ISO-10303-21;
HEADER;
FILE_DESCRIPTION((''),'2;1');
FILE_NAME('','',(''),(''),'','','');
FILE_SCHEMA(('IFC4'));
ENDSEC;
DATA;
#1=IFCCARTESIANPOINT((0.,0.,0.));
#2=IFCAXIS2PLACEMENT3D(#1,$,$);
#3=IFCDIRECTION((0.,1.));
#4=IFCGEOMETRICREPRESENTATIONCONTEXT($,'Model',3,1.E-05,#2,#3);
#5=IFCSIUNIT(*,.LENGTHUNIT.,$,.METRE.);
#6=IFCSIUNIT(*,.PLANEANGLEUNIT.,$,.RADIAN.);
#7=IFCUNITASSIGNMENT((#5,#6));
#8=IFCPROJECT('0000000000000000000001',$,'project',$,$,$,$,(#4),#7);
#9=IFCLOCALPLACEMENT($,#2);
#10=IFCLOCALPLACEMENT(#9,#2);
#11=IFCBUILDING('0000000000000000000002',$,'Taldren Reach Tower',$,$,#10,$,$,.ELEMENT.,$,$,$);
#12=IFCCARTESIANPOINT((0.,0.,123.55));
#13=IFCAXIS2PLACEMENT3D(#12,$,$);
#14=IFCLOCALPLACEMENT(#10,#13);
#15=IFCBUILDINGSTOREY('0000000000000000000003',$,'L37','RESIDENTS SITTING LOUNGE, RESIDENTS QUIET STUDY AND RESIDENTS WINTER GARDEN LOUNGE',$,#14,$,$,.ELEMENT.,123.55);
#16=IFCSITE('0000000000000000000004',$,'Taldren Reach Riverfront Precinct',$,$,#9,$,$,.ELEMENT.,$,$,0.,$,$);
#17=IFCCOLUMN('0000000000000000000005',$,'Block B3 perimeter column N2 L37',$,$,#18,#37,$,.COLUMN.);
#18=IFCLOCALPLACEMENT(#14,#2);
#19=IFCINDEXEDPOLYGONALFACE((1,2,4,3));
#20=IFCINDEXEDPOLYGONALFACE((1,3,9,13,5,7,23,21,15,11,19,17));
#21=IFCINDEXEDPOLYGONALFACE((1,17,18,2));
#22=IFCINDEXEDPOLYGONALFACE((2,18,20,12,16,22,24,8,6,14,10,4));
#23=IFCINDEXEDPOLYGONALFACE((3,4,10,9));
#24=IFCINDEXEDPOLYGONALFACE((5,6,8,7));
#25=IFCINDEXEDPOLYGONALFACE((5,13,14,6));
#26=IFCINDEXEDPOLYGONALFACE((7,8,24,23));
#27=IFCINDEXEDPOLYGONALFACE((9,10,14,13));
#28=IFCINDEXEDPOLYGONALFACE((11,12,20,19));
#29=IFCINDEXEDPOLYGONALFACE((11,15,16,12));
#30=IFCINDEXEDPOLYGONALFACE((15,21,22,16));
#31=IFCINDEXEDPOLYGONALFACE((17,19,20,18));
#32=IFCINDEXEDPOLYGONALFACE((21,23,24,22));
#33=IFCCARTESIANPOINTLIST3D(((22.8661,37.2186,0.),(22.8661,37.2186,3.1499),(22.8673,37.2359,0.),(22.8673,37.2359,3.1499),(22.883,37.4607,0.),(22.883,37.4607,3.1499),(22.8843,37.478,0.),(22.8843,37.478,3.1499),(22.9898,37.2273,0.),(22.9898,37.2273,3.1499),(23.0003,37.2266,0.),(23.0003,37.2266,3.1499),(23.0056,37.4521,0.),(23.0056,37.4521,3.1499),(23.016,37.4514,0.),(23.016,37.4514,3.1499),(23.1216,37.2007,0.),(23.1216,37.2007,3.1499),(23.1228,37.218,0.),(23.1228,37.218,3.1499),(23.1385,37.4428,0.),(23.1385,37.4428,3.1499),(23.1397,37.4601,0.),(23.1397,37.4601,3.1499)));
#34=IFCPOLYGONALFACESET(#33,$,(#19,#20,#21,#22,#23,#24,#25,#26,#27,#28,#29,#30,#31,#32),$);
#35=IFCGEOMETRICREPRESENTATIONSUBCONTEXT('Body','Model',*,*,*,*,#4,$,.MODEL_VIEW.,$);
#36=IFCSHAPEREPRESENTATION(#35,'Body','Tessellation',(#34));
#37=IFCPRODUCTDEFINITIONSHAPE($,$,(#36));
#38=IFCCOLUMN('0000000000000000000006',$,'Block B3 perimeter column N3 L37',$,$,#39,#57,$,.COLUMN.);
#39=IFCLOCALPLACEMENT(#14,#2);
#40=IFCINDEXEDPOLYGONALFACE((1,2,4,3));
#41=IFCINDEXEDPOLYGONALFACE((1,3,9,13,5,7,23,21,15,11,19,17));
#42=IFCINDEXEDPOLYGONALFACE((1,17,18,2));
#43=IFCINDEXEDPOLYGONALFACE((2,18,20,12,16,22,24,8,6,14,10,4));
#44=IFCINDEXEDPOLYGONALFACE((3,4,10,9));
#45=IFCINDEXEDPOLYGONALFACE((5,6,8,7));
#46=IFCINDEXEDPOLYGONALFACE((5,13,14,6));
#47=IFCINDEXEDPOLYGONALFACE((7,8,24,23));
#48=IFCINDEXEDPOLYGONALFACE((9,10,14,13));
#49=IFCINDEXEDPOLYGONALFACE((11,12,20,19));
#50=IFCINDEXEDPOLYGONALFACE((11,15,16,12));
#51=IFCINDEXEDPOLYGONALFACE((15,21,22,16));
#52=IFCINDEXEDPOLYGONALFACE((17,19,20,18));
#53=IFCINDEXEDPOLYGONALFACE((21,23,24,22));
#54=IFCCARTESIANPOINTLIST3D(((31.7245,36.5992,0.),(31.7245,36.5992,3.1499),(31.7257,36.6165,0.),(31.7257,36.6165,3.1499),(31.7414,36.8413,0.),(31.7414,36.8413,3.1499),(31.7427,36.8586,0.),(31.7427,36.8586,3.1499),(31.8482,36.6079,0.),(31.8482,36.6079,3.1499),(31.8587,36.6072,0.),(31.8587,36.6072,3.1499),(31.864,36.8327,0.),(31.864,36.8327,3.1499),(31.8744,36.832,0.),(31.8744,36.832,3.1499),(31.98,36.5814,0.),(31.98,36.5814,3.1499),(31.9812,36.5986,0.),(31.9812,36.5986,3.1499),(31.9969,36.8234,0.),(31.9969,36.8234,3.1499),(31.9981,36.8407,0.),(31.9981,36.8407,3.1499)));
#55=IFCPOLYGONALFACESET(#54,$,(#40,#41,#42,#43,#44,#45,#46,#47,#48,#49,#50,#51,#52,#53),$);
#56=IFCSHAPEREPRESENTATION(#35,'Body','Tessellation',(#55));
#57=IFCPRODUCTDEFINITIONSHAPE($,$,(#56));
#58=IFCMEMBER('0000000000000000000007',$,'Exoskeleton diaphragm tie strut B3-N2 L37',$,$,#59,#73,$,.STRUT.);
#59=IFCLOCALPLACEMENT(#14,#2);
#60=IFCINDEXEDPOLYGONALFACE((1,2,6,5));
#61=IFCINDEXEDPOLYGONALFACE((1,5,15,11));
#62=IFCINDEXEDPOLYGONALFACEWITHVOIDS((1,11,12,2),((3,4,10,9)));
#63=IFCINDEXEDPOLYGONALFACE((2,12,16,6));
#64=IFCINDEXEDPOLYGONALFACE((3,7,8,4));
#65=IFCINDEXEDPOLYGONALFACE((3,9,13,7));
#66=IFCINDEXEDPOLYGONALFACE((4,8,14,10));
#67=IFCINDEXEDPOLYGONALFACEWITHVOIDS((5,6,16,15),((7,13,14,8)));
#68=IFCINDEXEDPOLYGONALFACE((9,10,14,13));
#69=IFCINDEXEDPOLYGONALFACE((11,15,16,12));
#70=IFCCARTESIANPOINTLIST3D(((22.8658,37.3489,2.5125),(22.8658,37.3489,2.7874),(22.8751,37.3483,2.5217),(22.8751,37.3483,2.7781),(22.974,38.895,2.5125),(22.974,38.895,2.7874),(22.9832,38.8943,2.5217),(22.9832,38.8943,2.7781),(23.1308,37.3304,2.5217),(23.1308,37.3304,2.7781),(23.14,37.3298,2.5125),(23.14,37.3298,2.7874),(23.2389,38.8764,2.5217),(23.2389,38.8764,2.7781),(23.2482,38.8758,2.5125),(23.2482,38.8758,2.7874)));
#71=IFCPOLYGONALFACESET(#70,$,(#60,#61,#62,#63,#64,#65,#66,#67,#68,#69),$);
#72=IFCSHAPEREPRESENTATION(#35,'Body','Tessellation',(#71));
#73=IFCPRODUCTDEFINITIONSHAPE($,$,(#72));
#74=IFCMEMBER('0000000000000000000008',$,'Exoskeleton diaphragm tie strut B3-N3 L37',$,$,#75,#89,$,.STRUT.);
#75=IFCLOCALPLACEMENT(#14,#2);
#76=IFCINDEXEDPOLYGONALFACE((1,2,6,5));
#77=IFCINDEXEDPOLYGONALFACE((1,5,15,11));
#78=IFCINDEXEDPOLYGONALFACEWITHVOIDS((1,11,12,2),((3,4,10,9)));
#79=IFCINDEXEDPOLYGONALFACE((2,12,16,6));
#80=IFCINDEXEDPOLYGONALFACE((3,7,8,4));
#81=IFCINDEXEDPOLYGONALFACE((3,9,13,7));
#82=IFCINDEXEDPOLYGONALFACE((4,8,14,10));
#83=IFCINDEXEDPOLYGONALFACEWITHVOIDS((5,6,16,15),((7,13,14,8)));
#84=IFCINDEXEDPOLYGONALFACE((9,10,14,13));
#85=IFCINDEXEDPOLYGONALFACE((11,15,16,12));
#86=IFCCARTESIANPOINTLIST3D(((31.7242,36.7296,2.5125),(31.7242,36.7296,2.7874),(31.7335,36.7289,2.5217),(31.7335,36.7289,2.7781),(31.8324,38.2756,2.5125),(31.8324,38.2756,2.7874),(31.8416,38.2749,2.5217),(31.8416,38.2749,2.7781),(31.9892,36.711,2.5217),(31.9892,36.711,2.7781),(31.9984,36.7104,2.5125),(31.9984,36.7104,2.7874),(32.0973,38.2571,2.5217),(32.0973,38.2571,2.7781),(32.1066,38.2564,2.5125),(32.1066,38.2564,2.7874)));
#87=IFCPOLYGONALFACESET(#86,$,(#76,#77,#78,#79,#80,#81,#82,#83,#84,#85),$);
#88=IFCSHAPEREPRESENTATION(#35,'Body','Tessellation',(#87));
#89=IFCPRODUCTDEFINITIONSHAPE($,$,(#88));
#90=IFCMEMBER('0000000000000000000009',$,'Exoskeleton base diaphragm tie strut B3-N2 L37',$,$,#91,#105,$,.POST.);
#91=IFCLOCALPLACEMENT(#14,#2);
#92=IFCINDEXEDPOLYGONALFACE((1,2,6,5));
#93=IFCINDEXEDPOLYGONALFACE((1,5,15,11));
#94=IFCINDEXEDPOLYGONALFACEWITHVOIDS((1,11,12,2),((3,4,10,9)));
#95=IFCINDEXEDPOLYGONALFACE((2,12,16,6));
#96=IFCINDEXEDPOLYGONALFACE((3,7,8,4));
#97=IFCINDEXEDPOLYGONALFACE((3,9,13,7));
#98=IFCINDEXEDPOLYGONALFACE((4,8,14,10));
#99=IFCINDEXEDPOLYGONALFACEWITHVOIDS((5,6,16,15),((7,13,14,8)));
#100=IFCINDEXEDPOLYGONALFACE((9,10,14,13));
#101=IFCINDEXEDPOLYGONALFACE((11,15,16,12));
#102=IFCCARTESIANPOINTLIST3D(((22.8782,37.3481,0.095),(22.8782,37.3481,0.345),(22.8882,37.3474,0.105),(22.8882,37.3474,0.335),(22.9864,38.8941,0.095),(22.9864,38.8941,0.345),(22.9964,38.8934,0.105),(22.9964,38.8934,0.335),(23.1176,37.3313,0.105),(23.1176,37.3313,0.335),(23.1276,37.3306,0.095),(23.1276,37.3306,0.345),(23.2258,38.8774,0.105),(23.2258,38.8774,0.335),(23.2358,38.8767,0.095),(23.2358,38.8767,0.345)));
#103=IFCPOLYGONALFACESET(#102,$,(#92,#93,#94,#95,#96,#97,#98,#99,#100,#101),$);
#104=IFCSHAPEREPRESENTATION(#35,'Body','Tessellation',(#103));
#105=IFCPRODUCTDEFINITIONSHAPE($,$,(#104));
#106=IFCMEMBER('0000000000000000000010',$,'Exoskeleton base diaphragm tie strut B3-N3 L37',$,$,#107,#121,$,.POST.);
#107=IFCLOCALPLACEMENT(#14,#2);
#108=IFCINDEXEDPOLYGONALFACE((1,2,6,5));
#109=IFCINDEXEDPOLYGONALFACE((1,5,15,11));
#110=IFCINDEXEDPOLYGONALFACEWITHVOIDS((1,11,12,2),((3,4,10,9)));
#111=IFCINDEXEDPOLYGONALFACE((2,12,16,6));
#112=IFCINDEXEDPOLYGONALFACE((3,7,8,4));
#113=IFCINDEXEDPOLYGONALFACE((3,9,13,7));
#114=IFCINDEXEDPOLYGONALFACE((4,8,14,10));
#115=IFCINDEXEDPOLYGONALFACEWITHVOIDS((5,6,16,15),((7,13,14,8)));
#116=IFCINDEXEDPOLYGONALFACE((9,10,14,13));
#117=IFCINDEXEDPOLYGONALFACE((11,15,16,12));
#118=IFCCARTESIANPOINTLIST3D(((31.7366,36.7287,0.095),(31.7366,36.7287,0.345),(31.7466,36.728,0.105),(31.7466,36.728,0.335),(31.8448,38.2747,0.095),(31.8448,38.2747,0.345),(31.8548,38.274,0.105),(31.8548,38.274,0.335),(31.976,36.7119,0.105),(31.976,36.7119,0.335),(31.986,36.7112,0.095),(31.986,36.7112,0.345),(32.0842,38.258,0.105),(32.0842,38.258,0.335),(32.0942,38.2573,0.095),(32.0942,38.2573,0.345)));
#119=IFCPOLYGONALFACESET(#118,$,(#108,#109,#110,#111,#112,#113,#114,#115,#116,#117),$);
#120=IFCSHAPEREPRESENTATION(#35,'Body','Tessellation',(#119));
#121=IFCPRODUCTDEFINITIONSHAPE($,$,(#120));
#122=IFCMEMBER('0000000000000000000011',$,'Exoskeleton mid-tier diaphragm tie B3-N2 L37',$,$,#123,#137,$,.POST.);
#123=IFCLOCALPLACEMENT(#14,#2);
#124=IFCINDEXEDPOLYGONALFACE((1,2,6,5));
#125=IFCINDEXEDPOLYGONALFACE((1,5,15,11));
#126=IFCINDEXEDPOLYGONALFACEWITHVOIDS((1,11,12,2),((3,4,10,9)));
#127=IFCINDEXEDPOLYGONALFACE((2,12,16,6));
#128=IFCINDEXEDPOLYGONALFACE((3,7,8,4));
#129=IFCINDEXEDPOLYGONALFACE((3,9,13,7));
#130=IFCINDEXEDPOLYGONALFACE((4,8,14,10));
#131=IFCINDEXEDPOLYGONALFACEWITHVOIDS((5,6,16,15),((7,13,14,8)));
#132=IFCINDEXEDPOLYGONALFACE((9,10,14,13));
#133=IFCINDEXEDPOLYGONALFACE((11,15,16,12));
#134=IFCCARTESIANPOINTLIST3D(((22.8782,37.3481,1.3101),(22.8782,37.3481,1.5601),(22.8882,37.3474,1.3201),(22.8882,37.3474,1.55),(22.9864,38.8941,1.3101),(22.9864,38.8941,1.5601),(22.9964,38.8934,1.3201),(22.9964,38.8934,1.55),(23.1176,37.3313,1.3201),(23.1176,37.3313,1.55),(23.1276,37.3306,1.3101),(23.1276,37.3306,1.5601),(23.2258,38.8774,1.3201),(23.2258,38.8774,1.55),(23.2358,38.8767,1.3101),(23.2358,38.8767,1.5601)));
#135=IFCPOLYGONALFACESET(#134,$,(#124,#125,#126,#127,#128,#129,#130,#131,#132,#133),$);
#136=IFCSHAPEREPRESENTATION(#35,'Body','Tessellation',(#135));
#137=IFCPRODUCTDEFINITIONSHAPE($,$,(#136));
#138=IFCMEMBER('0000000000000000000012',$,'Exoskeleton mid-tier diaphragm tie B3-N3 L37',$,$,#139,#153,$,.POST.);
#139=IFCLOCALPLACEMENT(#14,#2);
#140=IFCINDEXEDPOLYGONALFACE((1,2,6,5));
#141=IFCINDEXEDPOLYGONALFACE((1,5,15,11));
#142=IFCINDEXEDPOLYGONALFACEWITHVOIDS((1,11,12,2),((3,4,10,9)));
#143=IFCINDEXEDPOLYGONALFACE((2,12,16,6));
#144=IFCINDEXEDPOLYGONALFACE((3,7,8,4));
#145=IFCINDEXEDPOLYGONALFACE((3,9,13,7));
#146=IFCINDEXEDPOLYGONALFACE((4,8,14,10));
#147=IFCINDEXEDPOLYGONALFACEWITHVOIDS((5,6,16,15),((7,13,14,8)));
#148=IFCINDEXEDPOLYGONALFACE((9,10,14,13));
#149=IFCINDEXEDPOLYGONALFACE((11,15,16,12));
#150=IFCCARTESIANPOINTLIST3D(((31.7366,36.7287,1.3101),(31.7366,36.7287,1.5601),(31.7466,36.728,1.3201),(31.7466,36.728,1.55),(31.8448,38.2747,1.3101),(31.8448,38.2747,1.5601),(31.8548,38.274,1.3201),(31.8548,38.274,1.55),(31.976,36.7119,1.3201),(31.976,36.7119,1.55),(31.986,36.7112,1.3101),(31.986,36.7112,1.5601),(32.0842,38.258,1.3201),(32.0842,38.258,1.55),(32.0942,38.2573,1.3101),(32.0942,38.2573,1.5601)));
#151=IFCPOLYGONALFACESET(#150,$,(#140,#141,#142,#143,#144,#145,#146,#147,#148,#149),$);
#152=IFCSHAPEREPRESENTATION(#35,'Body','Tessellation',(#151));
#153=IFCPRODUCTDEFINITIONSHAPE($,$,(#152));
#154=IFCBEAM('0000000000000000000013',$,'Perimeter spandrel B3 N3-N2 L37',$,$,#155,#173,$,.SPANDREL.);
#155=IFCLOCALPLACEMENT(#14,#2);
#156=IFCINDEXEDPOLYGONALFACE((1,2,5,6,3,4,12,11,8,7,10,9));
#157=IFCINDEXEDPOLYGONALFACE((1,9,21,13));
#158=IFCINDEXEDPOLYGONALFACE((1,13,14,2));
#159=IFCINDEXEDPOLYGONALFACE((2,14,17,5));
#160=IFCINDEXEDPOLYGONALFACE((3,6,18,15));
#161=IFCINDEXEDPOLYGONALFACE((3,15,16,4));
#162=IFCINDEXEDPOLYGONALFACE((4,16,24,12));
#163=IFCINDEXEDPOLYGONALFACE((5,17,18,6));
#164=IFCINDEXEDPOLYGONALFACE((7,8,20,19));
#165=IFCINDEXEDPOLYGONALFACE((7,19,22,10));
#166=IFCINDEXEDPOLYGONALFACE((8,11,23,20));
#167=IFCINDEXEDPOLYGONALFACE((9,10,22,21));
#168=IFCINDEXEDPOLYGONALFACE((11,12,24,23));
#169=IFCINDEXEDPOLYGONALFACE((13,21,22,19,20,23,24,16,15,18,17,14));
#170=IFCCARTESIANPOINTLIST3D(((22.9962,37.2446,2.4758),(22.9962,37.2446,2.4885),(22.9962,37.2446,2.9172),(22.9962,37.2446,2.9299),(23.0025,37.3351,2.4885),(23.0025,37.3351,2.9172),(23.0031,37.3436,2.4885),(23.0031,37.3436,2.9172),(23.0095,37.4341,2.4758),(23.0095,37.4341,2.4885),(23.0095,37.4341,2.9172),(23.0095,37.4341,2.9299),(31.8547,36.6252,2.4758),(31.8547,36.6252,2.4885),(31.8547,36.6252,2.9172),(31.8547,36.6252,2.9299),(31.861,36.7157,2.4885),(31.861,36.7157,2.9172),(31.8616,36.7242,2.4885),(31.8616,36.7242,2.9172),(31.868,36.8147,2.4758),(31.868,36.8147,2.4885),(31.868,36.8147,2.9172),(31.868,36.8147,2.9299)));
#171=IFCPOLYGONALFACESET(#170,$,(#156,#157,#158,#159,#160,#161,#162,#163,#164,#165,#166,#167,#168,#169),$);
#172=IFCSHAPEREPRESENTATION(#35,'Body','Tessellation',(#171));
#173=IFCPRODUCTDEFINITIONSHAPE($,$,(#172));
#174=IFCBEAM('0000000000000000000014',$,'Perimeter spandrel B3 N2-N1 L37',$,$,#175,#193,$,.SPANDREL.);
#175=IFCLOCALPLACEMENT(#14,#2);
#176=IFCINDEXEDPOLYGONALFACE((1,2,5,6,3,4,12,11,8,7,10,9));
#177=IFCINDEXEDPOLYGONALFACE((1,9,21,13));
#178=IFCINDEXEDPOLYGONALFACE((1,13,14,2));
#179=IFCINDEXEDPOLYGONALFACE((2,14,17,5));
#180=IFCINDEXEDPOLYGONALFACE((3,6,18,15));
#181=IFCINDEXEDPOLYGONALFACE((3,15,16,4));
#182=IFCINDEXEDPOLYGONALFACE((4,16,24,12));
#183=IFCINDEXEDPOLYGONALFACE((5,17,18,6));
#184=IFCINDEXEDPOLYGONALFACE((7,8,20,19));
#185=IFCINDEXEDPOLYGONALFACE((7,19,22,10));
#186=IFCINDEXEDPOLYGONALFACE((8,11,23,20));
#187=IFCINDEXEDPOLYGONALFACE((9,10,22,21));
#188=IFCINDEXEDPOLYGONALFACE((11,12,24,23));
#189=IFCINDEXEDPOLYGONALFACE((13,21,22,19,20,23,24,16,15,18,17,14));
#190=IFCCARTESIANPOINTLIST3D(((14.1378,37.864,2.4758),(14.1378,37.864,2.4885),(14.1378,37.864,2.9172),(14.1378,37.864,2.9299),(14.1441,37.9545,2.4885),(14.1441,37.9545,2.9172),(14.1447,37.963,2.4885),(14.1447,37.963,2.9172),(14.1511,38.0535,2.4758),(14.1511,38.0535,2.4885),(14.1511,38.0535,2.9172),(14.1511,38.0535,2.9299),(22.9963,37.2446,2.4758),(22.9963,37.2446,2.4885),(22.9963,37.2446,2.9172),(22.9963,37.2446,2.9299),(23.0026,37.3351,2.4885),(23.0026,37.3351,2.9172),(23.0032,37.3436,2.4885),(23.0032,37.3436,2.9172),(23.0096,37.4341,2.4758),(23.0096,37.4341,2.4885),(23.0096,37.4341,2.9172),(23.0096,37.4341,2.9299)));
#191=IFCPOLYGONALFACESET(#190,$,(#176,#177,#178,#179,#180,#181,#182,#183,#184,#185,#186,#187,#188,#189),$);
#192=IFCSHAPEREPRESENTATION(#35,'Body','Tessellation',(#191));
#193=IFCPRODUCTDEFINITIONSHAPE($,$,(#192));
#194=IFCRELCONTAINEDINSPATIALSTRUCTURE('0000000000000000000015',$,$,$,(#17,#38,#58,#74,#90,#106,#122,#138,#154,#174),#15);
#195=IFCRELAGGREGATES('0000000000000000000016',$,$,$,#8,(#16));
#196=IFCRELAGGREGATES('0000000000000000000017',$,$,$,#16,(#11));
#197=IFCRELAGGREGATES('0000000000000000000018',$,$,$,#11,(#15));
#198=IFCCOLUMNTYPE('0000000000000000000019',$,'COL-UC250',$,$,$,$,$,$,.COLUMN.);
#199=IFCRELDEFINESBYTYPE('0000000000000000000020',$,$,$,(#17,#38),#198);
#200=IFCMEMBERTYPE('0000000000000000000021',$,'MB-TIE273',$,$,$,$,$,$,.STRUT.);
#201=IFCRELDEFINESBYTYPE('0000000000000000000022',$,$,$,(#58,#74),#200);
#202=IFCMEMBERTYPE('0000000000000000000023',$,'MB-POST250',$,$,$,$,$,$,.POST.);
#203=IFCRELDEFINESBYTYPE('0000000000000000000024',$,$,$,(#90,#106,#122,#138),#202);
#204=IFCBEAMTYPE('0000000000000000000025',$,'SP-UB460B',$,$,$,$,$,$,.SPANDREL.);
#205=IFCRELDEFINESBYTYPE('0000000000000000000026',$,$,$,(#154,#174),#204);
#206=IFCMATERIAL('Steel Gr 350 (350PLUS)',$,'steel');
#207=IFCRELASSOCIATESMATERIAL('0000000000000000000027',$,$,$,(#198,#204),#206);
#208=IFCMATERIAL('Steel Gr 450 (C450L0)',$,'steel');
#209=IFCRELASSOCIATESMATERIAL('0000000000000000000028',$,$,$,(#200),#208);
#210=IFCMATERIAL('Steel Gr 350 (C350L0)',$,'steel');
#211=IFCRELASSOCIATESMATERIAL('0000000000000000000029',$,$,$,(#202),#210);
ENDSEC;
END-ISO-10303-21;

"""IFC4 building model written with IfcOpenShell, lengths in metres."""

from ifc_helpers import new_model, si_unit, direction, frame, origin, origin_2d, place, context, subcontext, project, spatial, hollow_rectangle, i_section, extrude, source, transform, mapped, material, material_profile, profile_set, type_object, element, save


model = new_model("IFC4")

# Units and contexts
model_context = context("Model", 3, precision=1e-05, world=origin(), true_north=direction((0.0, 1.0)))
body_context = subcontext(model_context, "Body", "Model", "MODEL_VIEW")
ifc_project = project(units=[si_unit("LENGTHUNIT", "METRE"), si_unit("PLANEANGLEUNIT", "RADIAN")], contexts=[model_context])

# Site, building, storey
site_placement = place(None, origin())
site = spatial("IfcSite", under=ifc_project, at=site_placement, Name="Taldren Reach Riverfront Precinct", CompositionType="ELEMENT", RefElevation=0.0)
building_placement = place(site_placement, origin())
building = spatial("IfcBuilding", under=site, at=building_placement, Name="Taldren Reach Tower", CompositionType="ELEMENT")
storey_placement = place(building_placement, frame((0.0, 0.0, 123.55)))
storey = spatial("IfcBuildingStorey", under=building, at=storey_placement, Name="L37", Description="RESIDENTS SITTING LOUNGE, RESIDENTS QUIET STUDY AND RESIDENTS WINTER GARDEN LOUNGE", CompositionType="ELEMENT", Elevation=123.55)

# Columns
ifc_material_1 = material(Name="Steel Gr 350 (350PLUS)", Category="steel")
ifc_material_profile_1 = material_profile(ifc_material_1, i_section(OverallWidth=0.2561, OverallDepth=0.26, WebThickness=0.0105, FlangeThickness=0.0173, at=origin_2d()), Name="250UC89.5")
ifc_profile_set_1 = profile_set([ifc_material_profile_1], Name="Steel Gr 350 (350PLUS)")
column_type = type_object("IfcColumnType", Name="COL-UC250", PredefinedType="COLUMN", material=ifc_profile_set_1)
shared_shape_1 = source(origin(), body_context, "Body", "SweptSolid", [
    extrude(i_section(OverallWidth=0.2561, OverallDepth=0.26, WebThickness=0.0105, FlangeThickness=0.0173, at=origin_2d()), origin(), (0.0, 0.0, 1.0), 3.1499),
])
for number, where, z_axis, x_axis, name in (
    (1, (23.0029, 37.3394, 0.0), (0.0, 0.0, 1.0), (0.997564, -0.069756, 0.0), "Block B3 perimeter column N2 L37"),
    (2, (31.8613, 36.72, 0.0), (0.0, 0.0, 1.0), (0.997564, -0.069756, 0.0), "Block B3 perimeter column N3 L37"),
):
    element("IfcColumn", number, at=place(storey_placement, frame(where, z_axis=z_axis, x_axis=x_axis)), inside=storey, type_object=column_type, Name=name, PredefinedType="COLUMN", context=body_context, shape_type="MappedRepresentation", body=[
        mapped(shared_shape_1, transform((0.0, 0.0, 0.0), scale=1.0)),
    ])

# Members
ifc_material_2 = material(Name="Steel Gr 450 (C450L0)", Category="steel")
ifc_material_profile_2 = material_profile(ifc_material_2, hollow_rectangle(XDim=0.2749, YDim=0.2749, WallThickness=0.0093, at=origin_2d()), Name="275x275x9.3SHS")
ifc_profile_set_2 = profile_set([ifc_material_profile_2], Name="Steel Gr 450 (C450L0)")
member_type_1 = type_object("IfcMemberType", Name="MB-TIE273", PredefinedType="STRUT", material=ifc_profile_set_2)
shared_shape_2 = source(origin(), body_context, "Body", "SweptSolid", [
    extrude(hollow_rectangle(XDim=0.2749, YDim=0.2749, WallThickness=0.0093, at=origin_2d()), origin(), (0.0, 0.0, 1.0), 1.5498),
])
for number, where, z_axis, x_axis, name in (
    (3, (23.0029, 37.3394, 2.6499), (0.069781, 0.997562, 0.0), (-0.997562, 0.069781, 0.0), "Exoskeleton diaphragm tie strut B3-N2 L37"),
    (4, (31.8613, 36.72, 2.6499), (0.069781, 0.997562, 0.0), (-0.997562, 0.069781, 0.0), "Exoskeleton diaphragm tie strut B3-N3 L37"),
):
    element("IfcMember", number, at=place(storey_placement, frame(where, z_axis=z_axis, x_axis=x_axis)), inside=storey, type_object=member_type_1, Name=name, PredefinedType="STRUT", context=body_context, shape_type="MappedRepresentation", body=[
        mapped(shared_shape_2, transform((0.0, 0.0, 0.0), scale=1.0)),
    ])
ifc_material_3 = material(Name="Steel Gr 350 (C350L0)", Category="steel")
ifc_material_profile_3 = material_profile(ifc_material_3, hollow_rectangle(XDim=0.25, YDim=0.25, WallThickness=0.01, at=origin_2d()), Name="250x250x10.0SHS")
ifc_profile_set_3 = profile_set([ifc_material_profile_3], Name="Steel Gr 350 (C350L0)")
member_type_2 = type_object("IfcMemberType", Name="MB-POST250", PredefinedType="POST", material=ifc_profile_set_3)
shared_shape_3 = source(origin(), body_context, "Body", "SweptSolid", [
    extrude(hollow_rectangle(XDim=0.25, YDim=0.25, WallThickness=0.01, at=origin_2d()), origin(), (0.0, 0.0, 1.0), 1.5498),
])
for number, where, z_axis, x_axis, name in (
    (5, (23.0029, 37.3394, 0.22), (0.069781, 0.997562, 0.0), (-0.997562, 0.069781, 0.0), "Exoskeleton base diaphragm tie strut B3-N2 L37"),
    (6, (31.8613, 36.72, 0.22), (0.069781, 0.997562, 0.0), (-0.997562, 0.069781, 0.0), "Exoskeleton base diaphragm tie strut B3-N3 L37"),
    (7, (23.0029, 37.3394, 1.4351), (0.069781, 0.997562, 0.0), (-0.997562, 0.069781, 0.0), "Exoskeleton mid-tier diaphragm tie B3-N2 L37"),
    (8, (31.8613, 36.72, 1.4351), (0.069781, 0.997562, 0.0), (-0.997562, 0.069781, 0.0), "Exoskeleton mid-tier diaphragm tie B3-N3 L37"),
):
    element("IfcMember", number, at=place(storey_placement, frame(where, z_axis=z_axis, x_axis=x_axis)), inside=storey, type_object=member_type_2, Name=name, PredefinedType="POST", context=body_context, shape_type="MappedRepresentation", body=[
        mapped(shared_shape_3, transform((0.0, 0.0, 0.0), scale=1.0)),
    ])

# Beams
ifc_material_profile_4 = material_profile(ifc_material_1, i_section(OverallWidth=0.1899, OverallDepth=0.4541, WebThickness=0.0085, FlangeThickness=0.0127, at=origin_2d()), Name="460UB67.1")
ifc_profile_set_4 = profile_set([ifc_material_profile_4], Name="Steel Gr 350 (350PLUS)")
beam_type = type_object("IfcBeamType", Name="SP-UB460B", PredefinedType="SPANDREL", material=ifc_profile_set_4)
shared_shape_4 = source(origin(), body_context, "Body", "SweptSolid", [
    extrude(i_section(OverallWidth=0.1899, OverallDepth=0.4541, WebThickness=0.0085, FlangeThickness=0.0127, at=origin_2d()), origin(), (0.0, 0.0, 1.0), 8.8801),
])
for number, where, z_axis, x_axis, name in (
    (9, (31.8613, 36.72, 2.7029), (-0.997564, 0.06975, 0.0), (-0.06975, -0.997564, 0.0), "Perimeter spandrel B3 N3-N2 L37"),
    (10, (23.0029, 37.3394, 2.7029), (-0.997564, 0.06975, 0.0), (-0.06975, -0.997564, 0.0), "Perimeter spandrel B3 N2-N1 L37"),
):
    element("IfcBeam", number, at=place(storey_placement, frame(where, z_axis=z_axis, x_axis=x_axis)), inside=storey, type_object=beam_type, Name=name, PredefinedType="SPANDREL", context=body_context, shape_type="MappedRepresentation", body=[
        mapped(shared_shape_4, transform((0.0, 0.0, 0.0), scale=1.0)),
    ])

save(model, "model.ifc")
